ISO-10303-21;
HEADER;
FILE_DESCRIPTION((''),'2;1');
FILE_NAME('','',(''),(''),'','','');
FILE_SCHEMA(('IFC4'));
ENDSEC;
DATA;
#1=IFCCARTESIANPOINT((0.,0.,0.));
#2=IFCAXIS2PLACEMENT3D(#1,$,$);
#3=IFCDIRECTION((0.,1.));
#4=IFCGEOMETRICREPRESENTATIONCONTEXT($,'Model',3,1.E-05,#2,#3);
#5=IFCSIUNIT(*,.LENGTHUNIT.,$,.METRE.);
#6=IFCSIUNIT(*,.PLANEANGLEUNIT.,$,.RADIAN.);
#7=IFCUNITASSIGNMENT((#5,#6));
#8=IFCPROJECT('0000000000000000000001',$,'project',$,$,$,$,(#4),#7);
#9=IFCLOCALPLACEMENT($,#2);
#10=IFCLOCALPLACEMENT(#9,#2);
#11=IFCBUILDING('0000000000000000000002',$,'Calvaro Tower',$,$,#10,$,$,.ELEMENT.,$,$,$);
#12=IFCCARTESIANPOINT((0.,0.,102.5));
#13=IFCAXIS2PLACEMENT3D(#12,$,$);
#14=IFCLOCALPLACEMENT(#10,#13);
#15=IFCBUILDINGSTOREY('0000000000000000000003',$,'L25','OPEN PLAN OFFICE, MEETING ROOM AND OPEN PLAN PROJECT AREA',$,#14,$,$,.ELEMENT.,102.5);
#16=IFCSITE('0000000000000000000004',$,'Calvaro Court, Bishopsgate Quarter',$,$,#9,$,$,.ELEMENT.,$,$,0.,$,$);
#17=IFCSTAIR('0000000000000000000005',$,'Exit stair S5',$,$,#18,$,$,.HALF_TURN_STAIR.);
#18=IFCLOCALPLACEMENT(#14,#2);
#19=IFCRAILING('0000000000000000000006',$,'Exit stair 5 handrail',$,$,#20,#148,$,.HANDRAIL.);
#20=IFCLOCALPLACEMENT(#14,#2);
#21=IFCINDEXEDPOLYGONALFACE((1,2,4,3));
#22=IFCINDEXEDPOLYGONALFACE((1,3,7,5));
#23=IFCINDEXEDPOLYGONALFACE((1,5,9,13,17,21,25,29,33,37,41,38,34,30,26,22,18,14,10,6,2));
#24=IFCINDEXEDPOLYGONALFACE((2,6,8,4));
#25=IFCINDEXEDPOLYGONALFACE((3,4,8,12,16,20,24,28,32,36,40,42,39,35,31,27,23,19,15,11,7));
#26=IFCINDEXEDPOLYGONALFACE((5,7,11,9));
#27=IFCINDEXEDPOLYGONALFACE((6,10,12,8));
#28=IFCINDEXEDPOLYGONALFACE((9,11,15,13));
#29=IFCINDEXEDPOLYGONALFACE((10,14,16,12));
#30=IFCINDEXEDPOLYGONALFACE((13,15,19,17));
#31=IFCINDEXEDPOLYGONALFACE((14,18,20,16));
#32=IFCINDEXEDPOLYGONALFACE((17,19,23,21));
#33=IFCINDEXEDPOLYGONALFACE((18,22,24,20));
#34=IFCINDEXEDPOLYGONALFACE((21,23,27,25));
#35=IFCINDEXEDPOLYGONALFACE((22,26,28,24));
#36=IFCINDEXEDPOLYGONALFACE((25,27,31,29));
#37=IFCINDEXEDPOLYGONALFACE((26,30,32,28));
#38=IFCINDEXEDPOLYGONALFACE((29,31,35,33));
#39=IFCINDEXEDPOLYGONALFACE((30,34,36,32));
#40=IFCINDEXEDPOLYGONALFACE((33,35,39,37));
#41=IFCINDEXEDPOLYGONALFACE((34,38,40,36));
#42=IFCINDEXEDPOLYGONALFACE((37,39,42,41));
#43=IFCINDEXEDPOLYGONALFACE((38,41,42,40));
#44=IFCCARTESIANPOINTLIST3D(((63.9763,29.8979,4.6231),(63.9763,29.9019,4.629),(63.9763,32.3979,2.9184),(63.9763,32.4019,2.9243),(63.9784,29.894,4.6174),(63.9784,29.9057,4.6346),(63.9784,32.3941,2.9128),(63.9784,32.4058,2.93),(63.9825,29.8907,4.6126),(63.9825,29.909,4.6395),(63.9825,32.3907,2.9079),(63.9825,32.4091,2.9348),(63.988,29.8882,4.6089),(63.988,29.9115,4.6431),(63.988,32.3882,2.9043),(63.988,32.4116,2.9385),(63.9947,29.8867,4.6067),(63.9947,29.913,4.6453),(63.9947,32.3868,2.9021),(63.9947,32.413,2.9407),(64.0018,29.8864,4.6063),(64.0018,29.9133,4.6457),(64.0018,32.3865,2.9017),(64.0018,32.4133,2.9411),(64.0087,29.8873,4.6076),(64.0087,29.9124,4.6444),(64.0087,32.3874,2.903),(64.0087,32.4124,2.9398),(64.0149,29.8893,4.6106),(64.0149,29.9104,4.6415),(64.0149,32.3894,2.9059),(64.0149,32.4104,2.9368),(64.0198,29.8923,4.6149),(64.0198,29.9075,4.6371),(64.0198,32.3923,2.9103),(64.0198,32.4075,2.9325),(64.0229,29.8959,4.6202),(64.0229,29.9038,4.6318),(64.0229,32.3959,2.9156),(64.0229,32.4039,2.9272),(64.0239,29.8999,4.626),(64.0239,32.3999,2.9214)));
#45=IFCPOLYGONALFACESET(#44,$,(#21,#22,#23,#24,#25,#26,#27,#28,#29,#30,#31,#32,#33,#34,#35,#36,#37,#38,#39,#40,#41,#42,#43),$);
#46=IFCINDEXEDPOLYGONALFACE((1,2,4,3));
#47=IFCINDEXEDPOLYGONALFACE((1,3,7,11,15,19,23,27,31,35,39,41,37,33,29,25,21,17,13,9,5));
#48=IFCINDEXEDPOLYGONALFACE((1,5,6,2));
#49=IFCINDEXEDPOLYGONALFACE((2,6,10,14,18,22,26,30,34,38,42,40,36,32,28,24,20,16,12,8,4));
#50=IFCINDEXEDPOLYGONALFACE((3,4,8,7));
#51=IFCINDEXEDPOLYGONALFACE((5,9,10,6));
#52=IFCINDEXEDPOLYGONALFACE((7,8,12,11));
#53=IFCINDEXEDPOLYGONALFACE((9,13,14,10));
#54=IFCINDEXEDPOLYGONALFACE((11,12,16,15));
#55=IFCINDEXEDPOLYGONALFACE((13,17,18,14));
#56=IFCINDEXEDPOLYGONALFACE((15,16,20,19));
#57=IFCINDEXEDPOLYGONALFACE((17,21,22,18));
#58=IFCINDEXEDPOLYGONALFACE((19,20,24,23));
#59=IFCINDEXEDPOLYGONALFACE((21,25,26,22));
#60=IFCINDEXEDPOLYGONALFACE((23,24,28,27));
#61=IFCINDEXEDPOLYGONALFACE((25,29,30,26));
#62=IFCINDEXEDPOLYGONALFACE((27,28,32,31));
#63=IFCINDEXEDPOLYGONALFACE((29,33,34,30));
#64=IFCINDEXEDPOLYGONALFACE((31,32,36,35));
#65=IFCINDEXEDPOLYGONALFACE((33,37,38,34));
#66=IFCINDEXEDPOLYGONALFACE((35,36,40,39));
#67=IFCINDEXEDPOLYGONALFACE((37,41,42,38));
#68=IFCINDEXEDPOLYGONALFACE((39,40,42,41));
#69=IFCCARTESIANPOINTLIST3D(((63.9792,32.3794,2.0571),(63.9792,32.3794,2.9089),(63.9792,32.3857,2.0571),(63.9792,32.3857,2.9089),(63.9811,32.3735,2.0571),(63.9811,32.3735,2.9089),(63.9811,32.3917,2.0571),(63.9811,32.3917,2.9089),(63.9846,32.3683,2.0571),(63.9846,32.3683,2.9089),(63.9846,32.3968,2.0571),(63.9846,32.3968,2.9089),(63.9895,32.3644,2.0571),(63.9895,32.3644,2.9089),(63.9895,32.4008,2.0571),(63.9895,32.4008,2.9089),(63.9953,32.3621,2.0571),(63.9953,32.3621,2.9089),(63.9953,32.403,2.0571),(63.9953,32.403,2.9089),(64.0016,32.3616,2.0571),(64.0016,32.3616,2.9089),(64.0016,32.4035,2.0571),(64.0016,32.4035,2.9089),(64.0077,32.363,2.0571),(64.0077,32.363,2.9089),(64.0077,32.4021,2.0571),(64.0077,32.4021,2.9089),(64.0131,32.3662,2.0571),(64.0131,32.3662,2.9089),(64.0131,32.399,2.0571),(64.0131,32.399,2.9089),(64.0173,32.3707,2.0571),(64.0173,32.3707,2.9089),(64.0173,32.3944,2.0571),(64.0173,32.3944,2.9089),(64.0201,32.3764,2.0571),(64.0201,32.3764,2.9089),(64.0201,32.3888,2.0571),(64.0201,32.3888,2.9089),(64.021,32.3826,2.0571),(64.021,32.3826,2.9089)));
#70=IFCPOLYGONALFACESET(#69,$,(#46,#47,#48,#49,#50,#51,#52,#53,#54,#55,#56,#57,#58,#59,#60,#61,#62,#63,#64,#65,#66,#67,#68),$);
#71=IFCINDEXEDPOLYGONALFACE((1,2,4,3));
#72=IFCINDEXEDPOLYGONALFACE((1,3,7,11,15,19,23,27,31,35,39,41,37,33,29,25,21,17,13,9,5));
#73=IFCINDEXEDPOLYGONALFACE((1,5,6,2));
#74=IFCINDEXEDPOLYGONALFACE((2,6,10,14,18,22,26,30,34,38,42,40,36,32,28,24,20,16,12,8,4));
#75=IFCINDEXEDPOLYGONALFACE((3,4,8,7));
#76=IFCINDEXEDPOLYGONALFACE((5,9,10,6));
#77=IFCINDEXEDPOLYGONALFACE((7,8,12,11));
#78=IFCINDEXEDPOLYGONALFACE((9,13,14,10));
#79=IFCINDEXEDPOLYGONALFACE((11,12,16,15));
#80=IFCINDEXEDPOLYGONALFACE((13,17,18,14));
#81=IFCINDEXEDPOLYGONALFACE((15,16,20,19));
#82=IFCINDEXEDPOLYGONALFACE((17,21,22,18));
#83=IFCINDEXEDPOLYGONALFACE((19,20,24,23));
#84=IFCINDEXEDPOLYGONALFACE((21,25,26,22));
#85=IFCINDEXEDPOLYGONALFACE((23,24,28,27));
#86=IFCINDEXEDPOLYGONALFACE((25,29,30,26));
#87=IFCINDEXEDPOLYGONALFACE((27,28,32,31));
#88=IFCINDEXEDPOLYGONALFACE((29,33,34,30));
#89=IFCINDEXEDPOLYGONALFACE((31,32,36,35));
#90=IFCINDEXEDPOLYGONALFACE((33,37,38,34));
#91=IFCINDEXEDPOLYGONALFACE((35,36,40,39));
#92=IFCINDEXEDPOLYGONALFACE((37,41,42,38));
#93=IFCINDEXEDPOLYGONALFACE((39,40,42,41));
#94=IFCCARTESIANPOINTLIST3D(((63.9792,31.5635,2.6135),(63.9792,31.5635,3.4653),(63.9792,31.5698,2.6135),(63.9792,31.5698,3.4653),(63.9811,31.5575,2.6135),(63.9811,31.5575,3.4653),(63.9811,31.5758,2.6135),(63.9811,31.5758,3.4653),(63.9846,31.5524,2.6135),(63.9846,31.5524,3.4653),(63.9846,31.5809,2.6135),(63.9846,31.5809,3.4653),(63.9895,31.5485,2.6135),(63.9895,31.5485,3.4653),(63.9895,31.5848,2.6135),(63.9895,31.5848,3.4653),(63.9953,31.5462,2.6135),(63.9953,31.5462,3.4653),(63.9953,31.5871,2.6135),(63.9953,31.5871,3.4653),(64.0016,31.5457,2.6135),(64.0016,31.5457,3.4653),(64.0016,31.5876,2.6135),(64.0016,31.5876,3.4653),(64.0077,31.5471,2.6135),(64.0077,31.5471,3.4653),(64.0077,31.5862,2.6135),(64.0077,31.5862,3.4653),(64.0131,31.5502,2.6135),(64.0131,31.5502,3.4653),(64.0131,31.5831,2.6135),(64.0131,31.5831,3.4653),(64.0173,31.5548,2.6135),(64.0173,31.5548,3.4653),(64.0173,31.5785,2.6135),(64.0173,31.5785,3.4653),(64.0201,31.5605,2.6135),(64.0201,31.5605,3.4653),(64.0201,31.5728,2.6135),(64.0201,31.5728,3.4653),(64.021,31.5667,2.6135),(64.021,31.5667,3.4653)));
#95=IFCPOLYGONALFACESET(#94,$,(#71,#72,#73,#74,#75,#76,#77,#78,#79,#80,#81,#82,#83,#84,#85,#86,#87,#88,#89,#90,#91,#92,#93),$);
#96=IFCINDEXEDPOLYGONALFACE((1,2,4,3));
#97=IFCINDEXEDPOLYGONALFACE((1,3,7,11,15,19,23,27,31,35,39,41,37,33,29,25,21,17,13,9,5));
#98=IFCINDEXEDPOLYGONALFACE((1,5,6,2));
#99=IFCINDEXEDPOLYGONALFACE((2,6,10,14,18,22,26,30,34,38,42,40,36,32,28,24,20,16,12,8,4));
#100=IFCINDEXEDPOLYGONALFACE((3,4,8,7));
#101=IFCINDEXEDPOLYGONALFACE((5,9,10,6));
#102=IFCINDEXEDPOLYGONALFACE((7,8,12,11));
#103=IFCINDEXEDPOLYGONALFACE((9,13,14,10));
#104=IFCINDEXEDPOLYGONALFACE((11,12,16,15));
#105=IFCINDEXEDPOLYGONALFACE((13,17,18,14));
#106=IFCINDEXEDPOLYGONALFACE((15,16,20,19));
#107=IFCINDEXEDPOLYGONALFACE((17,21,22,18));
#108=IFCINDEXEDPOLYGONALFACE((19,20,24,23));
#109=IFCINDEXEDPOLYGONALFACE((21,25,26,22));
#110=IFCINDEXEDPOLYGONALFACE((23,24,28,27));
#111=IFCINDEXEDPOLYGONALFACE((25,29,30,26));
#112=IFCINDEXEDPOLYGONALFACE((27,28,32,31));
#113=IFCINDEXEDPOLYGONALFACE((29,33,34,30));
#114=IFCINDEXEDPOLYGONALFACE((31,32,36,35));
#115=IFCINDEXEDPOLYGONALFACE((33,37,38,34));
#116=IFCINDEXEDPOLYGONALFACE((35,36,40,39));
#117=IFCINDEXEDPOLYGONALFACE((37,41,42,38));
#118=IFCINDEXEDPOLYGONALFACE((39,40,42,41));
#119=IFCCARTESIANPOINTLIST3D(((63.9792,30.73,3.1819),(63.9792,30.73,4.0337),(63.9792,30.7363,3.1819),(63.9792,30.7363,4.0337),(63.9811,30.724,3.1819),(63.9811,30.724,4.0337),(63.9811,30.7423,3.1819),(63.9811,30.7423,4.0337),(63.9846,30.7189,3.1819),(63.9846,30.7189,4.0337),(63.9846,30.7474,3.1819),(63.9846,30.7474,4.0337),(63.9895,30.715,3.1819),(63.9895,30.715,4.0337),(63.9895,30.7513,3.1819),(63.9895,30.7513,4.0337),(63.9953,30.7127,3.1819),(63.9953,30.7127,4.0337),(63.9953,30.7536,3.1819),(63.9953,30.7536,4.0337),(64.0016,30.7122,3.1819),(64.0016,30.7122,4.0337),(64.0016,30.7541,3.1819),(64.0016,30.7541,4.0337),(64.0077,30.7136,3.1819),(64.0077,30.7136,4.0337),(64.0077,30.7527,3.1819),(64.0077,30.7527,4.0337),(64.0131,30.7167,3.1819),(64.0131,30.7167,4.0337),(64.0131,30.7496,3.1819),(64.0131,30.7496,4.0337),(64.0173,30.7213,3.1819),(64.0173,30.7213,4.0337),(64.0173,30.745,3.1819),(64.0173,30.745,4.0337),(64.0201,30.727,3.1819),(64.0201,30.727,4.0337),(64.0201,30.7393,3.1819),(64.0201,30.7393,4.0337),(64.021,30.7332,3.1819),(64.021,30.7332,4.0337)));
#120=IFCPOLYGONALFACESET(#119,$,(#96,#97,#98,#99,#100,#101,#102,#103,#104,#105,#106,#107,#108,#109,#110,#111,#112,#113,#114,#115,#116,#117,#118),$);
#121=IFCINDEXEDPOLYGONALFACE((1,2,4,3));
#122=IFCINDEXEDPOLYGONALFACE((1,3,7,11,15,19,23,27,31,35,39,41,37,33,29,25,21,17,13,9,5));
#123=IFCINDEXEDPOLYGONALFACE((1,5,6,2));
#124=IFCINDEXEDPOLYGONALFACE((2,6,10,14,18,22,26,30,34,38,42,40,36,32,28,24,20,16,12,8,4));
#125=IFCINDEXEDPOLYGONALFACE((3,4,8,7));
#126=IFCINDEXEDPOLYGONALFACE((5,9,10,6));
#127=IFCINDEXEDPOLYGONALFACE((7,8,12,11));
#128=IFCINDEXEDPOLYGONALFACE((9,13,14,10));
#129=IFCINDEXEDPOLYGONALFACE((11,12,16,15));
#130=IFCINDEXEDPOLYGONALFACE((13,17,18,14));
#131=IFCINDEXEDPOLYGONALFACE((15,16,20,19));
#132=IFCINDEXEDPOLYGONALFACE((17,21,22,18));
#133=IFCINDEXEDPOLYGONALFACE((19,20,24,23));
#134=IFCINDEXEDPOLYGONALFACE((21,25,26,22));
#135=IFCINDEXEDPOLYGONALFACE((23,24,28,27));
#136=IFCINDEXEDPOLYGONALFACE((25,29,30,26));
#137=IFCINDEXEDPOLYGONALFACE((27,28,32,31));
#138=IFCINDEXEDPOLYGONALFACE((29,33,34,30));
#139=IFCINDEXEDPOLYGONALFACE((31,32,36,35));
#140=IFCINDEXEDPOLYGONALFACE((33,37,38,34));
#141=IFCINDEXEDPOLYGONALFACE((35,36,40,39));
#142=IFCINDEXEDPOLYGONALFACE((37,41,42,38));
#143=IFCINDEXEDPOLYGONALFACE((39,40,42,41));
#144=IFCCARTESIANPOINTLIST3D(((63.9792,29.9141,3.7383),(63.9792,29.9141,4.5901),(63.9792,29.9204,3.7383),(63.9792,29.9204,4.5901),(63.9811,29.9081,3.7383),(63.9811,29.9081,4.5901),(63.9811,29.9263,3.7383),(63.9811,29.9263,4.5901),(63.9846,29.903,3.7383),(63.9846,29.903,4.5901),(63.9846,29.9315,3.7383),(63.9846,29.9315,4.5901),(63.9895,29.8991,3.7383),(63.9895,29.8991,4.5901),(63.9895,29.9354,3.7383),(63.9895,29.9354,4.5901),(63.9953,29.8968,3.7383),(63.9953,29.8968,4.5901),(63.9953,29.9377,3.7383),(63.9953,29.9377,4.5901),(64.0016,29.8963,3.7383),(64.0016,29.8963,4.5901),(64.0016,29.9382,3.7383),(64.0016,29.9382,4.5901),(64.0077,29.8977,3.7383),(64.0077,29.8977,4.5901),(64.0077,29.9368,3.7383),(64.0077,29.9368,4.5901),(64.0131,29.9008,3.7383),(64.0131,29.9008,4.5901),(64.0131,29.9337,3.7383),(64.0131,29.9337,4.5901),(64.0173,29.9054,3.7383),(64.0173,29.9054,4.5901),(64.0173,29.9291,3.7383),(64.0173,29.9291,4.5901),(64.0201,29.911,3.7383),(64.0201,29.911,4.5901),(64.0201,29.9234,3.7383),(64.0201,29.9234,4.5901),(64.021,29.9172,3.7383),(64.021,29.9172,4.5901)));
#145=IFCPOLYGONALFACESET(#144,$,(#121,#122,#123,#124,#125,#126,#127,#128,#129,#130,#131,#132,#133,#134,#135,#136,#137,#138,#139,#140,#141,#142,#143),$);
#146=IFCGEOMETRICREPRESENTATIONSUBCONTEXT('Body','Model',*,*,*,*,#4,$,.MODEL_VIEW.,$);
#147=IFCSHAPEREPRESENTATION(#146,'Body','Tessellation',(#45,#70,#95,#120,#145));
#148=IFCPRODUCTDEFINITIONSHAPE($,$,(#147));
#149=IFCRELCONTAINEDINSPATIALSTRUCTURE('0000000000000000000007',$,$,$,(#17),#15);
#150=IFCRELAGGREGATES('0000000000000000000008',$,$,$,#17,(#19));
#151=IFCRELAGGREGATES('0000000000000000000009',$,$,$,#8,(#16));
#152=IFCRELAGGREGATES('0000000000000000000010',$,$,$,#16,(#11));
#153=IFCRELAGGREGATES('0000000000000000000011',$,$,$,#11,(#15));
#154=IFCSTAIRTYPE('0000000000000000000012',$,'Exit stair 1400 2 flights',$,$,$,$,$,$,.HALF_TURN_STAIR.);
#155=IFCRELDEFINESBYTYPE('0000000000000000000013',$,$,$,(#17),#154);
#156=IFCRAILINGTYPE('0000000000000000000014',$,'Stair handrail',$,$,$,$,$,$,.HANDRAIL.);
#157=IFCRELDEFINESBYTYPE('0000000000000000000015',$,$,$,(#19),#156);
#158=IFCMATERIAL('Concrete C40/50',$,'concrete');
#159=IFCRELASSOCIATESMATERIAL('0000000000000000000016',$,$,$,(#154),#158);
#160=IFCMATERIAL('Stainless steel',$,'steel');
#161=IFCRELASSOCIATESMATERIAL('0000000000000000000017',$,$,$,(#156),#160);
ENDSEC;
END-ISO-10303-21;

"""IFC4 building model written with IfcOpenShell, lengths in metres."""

from ifc_helpers import new_model, si_unit, direction, frame, origin, origin_2d, place, context, subcontext, project, spatial, circle, extrude, material, type_object, element, aggregate, save


model = new_model("IFC4")

# Units and contexts
model_context = context("Model", 3, precision=1e-05, world=origin(), true_north=direction((0.0, 1.0)))
body_context = subcontext(model_context, "Body", "Model", "MODEL_VIEW")
ifc_project = project(units=[si_unit("LENGTHUNIT", "METRE"), si_unit("PLANEANGLEUNIT", "RADIAN")], contexts=[model_context])

# Site, building, storey
site_placement = place(None, origin())
site = spatial("IfcSite", under=ifc_project, at=site_placement, Name="Calvaro Court, Bishopsgate Quarter", CompositionType="ELEMENT", RefElevation=0.0)
building_placement = place(site_placement, origin())
building = spatial("IfcBuilding", under=site, at=building_placement, Name="Calvaro Tower", CompositionType="ELEMENT")
storey_placement = place(building_placement, frame((0.0, 0.0, 102.5)))
storey = spatial("IfcBuildingStorey", under=building, at=storey_placement, Name="L25", Description="OPEN PLAN OFFICE, MEETING ROOM AND OPEN PLAN PROJECT AREA", CompositionType="ELEMENT", Elevation=102.5)

# Stair
ifc_material_1 = material(Name="Concrete C40/50", Category="concrete")
stair_type = type_object("IfcStairType", Name="Exit stair 1400 2 flights", PredefinedType="HALF_TURN_STAIR", material=ifc_material_1)
stair_1_placement = place(storey_placement, origin())
stair_1 = element("IfcStair", 1, at=stair_1_placement, inside=storey, type_object=stair_type, Name="Exit stair S5", PredefinedType="HALF_TURN_STAIR")

# Shared definitions
ifc_material_2 = material(Name="Stainless steel", Category="steel")
railing_type = type_object("IfcRailingType", Name="Stair handrail", PredefinedType="HANDRAIL", material=ifc_material_2)

# Railing
railing_1_placement = place(storey_placement, frame((64.0, 32.3999, 2.0454)))
railing_1 = element("IfcRailing", 2, at=railing_1_placement, type_object=railing_type, Name="Exit stair 5 handrail", PredefinedType="HANDRAIL", context=body_context, shape_type="SweptSolid", body=[
    extrude(circle(Radius=0.0239, at=origin_2d()), frame((0.0, 0.0, 0.876), z_axis=(0.0, -0.826221, 0.563347), x_axis=(1.0, 0.0, 0.0)), (0.0, 0.0, 1.0), 3.0259),
    extrude(circle(Radius=0.021, at=origin_2d()), frame((0.0, -0.0173, 0.0117)), (0.0, 0.0, 1.0), 0.8518),
    extrude(circle(Radius=0.021, at=origin_2d()), frame((0.0, -0.8333, 0.5681)), (0.0, 0.0, 1.0), 0.8518),
    extrude(circle(Radius=0.021, at=origin_2d()), frame((0.0, -1.6667, 1.1365)), (0.0, 0.0, 1.0), 0.8518),
    extrude(circle(Radius=0.021, at=origin_2d()), frame((0.0, -2.4827, 1.6929)), (0.0, 0.0, 1.0), 0.8518),
])
aggregate(stair_1, [railing_1])

save(model, "model.ifc")
